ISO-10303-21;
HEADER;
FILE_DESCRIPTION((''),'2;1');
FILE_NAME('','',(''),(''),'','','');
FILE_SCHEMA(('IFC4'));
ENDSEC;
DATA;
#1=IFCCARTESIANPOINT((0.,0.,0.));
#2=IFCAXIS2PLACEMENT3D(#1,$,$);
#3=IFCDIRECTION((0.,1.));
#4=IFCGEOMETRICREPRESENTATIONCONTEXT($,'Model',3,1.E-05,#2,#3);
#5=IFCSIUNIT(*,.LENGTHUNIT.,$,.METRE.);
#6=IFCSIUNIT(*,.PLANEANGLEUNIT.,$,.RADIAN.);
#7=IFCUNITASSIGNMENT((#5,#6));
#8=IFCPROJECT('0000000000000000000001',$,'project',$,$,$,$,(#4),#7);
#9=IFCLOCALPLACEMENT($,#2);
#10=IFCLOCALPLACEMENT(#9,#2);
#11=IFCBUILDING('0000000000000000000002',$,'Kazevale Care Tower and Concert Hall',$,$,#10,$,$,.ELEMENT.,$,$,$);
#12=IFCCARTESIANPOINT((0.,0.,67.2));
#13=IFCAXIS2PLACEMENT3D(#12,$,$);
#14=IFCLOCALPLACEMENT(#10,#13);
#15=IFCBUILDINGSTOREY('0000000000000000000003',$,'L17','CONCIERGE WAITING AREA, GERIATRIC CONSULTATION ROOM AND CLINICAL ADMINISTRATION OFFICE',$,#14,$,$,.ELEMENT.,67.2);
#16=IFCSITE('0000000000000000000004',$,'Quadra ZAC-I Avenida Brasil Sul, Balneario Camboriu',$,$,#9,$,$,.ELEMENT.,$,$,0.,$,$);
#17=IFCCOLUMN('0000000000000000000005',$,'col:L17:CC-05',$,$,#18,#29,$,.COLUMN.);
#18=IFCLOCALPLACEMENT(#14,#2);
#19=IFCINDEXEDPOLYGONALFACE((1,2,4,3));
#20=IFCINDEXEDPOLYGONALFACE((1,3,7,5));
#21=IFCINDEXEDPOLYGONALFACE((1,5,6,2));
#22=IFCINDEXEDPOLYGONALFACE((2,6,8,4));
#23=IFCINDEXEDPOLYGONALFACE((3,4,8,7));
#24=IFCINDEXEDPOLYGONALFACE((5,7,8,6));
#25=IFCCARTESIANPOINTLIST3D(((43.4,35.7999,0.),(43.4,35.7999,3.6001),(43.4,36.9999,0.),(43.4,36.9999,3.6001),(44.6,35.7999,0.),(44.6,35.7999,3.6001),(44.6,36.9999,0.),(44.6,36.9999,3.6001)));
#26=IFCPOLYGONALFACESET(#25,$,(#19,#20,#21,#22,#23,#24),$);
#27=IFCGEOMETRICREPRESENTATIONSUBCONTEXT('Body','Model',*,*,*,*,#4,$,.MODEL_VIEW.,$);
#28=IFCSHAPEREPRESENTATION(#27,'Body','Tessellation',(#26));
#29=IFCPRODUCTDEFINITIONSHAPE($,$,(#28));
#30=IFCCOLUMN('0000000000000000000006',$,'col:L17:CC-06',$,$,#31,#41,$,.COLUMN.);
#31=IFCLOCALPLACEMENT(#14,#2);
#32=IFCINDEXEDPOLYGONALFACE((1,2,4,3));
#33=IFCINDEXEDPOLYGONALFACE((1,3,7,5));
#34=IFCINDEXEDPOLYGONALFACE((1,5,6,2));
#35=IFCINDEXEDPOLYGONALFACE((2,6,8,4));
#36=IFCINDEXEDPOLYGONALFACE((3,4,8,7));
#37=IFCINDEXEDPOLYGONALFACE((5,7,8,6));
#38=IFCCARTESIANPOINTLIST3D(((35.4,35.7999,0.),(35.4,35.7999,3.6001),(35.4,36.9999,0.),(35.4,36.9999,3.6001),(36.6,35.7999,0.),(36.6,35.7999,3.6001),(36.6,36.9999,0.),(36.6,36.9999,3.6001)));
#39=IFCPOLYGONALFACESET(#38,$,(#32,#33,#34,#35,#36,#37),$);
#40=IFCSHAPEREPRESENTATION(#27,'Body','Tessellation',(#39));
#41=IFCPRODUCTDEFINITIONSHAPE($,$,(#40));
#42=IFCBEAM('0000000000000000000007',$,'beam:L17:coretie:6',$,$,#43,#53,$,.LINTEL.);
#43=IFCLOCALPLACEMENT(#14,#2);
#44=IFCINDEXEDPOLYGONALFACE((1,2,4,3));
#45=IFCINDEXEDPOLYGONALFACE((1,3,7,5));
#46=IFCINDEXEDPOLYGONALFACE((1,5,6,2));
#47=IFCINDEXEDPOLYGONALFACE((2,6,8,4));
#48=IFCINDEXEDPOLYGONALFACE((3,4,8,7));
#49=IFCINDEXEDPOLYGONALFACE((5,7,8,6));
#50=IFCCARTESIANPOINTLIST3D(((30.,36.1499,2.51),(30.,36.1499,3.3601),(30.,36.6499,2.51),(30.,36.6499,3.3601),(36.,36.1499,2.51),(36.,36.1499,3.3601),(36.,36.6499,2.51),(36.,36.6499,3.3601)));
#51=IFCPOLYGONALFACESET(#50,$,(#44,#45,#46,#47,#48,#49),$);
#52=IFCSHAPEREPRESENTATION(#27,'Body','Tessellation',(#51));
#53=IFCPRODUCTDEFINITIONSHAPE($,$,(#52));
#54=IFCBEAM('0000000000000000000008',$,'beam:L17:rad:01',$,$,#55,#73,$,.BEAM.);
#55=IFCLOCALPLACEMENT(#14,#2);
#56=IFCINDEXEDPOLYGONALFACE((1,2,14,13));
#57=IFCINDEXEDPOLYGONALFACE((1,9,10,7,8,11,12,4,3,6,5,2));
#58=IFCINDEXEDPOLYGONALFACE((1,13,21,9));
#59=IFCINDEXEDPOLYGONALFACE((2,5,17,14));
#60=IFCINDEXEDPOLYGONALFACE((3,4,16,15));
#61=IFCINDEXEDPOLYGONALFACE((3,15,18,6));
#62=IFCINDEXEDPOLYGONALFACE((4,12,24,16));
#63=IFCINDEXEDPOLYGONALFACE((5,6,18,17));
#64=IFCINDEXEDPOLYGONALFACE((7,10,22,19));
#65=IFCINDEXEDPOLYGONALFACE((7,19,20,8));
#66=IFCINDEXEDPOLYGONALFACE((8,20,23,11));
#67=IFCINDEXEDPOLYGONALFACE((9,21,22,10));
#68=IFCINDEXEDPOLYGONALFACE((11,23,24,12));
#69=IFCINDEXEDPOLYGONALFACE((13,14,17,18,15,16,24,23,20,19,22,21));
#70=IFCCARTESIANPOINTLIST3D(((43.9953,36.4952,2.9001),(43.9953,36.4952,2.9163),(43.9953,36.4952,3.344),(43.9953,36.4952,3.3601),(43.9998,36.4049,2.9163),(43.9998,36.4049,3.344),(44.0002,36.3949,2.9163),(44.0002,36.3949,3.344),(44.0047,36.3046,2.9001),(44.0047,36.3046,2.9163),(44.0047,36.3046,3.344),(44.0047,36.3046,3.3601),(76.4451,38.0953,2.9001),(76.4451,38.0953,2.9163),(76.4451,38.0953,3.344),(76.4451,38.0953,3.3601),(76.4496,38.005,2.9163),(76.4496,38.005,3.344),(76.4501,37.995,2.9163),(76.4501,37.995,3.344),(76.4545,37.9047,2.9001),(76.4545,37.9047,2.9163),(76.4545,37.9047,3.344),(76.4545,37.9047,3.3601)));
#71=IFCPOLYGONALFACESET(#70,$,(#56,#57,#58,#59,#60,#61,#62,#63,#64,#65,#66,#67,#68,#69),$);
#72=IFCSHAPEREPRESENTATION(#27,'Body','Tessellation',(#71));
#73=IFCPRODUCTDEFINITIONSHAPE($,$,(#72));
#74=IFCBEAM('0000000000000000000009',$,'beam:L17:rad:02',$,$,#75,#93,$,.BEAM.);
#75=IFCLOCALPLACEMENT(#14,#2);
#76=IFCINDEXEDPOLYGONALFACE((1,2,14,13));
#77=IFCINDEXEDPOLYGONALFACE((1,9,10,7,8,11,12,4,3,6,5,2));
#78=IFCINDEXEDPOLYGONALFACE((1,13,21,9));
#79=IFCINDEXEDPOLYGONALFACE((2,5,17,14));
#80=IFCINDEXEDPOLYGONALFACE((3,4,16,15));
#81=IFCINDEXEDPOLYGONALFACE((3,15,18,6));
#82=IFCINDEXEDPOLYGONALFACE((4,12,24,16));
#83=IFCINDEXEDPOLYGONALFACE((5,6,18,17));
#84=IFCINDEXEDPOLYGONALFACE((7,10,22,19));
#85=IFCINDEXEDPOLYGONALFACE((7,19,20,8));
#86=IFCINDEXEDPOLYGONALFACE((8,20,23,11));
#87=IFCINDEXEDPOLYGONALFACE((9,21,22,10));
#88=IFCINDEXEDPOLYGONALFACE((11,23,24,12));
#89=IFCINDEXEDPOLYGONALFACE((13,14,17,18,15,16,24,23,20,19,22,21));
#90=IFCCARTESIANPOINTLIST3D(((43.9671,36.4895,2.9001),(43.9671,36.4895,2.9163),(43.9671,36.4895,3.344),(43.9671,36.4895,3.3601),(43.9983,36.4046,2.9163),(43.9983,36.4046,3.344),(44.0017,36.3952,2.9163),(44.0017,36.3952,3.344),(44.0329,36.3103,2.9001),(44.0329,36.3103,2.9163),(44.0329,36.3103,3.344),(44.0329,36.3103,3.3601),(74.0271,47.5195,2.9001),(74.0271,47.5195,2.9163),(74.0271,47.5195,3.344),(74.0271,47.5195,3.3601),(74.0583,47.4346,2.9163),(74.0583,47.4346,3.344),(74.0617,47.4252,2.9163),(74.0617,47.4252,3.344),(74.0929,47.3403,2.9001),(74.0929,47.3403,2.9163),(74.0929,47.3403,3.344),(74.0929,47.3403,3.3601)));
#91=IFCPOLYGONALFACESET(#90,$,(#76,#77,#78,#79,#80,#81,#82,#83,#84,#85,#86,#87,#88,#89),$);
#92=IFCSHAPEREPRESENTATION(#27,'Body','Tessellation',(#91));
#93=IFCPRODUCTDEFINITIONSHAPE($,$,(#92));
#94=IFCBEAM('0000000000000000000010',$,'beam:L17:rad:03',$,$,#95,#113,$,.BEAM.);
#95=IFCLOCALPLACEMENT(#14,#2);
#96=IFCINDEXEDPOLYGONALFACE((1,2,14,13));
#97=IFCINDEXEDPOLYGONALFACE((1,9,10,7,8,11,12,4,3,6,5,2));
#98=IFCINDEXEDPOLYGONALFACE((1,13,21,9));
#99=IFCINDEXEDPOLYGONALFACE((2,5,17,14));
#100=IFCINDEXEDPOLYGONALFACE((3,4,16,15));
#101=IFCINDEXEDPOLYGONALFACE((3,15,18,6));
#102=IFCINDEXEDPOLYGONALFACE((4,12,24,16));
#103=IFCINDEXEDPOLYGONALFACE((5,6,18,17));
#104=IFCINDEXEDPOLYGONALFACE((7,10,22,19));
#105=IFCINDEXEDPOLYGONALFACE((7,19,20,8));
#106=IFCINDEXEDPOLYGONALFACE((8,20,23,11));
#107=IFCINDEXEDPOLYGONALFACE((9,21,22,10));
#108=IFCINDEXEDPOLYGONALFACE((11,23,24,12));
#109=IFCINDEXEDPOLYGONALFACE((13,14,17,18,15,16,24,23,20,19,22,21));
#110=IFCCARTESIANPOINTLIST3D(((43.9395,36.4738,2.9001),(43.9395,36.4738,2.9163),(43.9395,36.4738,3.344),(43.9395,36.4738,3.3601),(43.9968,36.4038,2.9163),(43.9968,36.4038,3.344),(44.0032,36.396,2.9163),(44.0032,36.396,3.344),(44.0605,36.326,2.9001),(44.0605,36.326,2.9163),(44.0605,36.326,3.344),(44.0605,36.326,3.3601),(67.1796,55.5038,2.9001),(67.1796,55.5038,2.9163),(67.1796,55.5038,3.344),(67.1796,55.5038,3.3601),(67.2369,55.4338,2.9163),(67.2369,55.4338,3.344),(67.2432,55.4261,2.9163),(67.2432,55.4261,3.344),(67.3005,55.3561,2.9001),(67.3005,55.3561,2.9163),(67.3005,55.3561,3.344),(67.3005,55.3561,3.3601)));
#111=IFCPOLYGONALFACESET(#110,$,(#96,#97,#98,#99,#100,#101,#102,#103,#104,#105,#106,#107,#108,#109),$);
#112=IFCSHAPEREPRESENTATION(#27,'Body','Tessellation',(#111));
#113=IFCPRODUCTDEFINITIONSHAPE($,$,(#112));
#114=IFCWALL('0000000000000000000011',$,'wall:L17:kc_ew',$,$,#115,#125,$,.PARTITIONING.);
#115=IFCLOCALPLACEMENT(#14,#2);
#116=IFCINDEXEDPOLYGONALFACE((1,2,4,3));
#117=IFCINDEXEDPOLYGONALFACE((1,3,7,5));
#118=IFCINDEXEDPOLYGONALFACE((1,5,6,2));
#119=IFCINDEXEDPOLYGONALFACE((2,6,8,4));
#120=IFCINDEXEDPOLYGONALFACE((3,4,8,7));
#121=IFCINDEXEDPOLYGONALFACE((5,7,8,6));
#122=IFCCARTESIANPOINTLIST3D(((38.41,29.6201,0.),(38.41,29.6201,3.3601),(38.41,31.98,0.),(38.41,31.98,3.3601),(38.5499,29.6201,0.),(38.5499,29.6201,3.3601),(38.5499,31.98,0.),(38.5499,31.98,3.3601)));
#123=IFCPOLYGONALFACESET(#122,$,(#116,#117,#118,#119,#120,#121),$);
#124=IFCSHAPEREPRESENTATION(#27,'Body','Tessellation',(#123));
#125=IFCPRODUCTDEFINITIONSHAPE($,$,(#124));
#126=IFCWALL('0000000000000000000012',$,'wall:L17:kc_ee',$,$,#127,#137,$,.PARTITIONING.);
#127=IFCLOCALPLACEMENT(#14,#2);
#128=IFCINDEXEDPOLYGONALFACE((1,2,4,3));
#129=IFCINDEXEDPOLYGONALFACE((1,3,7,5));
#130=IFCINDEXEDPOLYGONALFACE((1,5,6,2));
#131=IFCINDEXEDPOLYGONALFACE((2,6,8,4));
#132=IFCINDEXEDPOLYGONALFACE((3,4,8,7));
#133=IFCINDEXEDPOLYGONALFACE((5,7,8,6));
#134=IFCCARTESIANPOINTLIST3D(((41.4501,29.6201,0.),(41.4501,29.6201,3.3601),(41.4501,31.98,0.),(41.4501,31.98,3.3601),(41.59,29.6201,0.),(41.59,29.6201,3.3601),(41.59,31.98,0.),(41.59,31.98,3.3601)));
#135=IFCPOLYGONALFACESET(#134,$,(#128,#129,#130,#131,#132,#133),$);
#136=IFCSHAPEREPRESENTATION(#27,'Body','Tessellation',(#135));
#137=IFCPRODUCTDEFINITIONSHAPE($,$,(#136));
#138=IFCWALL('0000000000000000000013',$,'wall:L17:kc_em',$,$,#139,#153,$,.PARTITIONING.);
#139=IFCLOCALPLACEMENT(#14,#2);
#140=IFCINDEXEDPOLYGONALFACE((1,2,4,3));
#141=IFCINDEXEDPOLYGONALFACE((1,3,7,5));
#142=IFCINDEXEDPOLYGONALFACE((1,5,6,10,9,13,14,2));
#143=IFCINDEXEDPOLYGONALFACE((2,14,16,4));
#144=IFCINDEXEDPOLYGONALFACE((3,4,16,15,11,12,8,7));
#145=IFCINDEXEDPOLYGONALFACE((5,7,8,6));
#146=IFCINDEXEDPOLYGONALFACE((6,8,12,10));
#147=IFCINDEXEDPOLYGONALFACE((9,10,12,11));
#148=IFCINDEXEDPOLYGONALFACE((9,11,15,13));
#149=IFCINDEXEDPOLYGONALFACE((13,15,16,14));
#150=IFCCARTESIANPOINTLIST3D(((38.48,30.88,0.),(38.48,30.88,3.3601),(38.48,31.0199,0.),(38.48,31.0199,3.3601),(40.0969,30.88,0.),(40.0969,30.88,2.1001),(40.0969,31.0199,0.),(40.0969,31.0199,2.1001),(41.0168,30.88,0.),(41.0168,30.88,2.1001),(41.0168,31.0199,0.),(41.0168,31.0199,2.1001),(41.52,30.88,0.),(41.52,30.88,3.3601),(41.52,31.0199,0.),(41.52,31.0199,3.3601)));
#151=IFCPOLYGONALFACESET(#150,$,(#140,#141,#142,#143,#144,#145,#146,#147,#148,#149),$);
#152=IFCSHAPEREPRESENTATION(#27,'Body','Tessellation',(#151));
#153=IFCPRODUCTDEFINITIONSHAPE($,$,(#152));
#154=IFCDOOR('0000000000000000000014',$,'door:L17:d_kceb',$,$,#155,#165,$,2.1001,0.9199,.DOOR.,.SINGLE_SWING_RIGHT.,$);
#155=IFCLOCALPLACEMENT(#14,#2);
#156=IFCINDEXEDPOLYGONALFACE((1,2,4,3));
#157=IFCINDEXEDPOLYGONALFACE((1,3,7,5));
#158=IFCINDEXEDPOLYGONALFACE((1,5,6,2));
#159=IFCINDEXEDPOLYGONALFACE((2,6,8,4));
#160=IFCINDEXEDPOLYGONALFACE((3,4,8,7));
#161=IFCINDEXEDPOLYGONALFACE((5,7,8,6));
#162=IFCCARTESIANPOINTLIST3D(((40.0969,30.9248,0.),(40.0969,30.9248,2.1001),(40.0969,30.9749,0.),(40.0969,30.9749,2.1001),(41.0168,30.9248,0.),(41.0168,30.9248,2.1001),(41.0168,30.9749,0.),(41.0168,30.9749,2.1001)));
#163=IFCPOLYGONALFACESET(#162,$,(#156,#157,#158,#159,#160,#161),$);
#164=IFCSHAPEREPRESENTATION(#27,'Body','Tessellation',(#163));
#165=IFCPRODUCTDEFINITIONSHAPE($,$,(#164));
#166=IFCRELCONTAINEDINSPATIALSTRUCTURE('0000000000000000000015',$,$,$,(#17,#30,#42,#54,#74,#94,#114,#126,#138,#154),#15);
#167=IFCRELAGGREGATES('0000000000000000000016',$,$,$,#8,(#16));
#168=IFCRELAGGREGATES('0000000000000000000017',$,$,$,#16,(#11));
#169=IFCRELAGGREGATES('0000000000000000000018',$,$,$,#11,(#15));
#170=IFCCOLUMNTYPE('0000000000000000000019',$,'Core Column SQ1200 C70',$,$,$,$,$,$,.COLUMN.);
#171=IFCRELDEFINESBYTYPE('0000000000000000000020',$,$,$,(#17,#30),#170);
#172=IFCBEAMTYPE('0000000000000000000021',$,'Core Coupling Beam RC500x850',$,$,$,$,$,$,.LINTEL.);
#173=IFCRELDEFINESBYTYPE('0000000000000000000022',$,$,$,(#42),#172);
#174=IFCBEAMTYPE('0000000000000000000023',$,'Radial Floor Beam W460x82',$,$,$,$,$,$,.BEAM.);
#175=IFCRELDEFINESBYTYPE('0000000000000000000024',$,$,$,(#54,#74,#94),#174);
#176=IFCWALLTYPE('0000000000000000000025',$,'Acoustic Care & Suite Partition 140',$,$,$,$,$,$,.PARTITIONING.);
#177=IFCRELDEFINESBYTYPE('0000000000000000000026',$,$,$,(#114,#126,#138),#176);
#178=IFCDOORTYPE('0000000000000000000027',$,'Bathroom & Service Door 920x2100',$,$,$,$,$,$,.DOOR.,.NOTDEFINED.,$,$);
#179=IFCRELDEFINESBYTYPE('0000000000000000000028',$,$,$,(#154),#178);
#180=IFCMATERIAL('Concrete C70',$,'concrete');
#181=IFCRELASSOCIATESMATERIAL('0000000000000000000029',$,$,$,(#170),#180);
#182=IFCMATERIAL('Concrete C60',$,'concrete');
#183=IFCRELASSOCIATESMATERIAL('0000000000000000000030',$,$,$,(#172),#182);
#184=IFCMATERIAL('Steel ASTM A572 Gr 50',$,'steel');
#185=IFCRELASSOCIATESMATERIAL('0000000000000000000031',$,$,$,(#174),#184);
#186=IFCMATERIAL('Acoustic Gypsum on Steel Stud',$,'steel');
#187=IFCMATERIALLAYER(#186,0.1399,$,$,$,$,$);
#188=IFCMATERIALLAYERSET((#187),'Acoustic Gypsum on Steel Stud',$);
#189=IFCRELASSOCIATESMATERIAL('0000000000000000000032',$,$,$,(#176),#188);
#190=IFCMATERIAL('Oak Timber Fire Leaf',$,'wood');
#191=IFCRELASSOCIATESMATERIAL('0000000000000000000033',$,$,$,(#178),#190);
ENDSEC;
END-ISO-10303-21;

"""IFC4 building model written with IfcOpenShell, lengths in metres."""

from ifc_helpers import new_model, si_unit, direction, frame, frame_2d, origin, origin_2d, place, context, subcontext, project, spatial, rectangle, i_section, extrude, material, layer, layer_set, material_profile, profile_set, type_object, element, fill, save


model = new_model("IFC4")

# Units and contexts
model_context = context("Model", 3, precision=1e-05, world=origin(), true_north=direction((0.0, 1.0)))
body_context = subcontext(model_context, "Body", "Model", "MODEL_VIEW")
ifc_project = project(units=[si_unit("LENGTHUNIT", "METRE"), si_unit("PLANEANGLEUNIT", "RADIAN")], contexts=[model_context])

# Site, building, storey
site_placement = place(None, origin())
site = spatial("IfcSite", under=ifc_project, at=site_placement, Name="Quadra ZAC-I Avenida Brasil Sul, Balneario Camboriu", CompositionType="ELEMENT", RefElevation=0.0)
building_placement = place(site_placement, origin())
building = spatial("IfcBuilding", under=site, at=building_placement, Name="Kazevale Care Tower and Concert Hall", CompositionType="ELEMENT")
storey_placement = place(building_placement, frame((0.0, 0.0, 67.2)))
storey = spatial("IfcBuildingStorey", under=building, at=storey_placement, Name="L17", Description="CONCIERGE WAITING AREA, GERIATRIC CONSULTATION ROOM AND CLINICAL ADMINISTRATION OFFICE", CompositionType="ELEMENT", Elevation=67.2)

# Columns
ifc_material_1 = material(Name="Concrete C70", Category="concrete")
ifc_material_profile_1 = material_profile(ifc_material_1, rectangle(XDim=1.2, YDim=1.2, at=origin_2d()), Name="RC-SQ1200")
ifc_profile_set_1 = profile_set([ifc_material_profile_1], Name="Concrete C70")
column_type = type_object("IfcColumnType", Name="Core Column SQ1200 C70", PredefinedType="COLUMN", material=ifc_profile_set_1)
for number, where, z_axis, x_axis, name in (
    (1, (44.0, 36.3999, 0.0), (0.0, 0.0, 1.0), (1.0, 0.0, 0.0), "col:L17:CC-05"),
    (2, (36.0, 36.3999, 0.0), (0.0, 0.0, 1.0), (1.0, 0.0, 0.0), "col:L17:CC-06"),
):
    element("IfcColumn", number, at=place(storey_placement, frame(where, z_axis=z_axis, x_axis=x_axis)), inside=storey, type_object=column_type, Name=name, PredefinedType="COLUMN", context=body_context, shape_type="SweptSolid", body=[
        extrude(rectangle(XDim=1.2, YDim=1.2, at=origin_2d()), origin(), (0.0, 0.0, 1.0), 3.6001),
    ])

# Beams
ifc_material_2 = material(Name="Concrete C60", Category="concrete")
ifc_material_profile_2 = material_profile(ifc_material_2, rectangle(XDim=0.5, YDim=0.8501, at=origin_2d()), Name="RC-B500x850")
ifc_profile_set_2 = profile_set([ifc_material_profile_2], Name="Concrete C60")
beam_type_1 = type_object("IfcBeamType", Name="Core Coupling Beam RC500x850", PredefinedType="LINTEL", material=ifc_profile_set_2)
beam_1_placement = place(storey_placement, frame((36.0, 36.3999, 2.9351), z_axis=(-1.0, 0.0, 0.0), x_axis=(0.0, -1.0, 0.0)))
element("IfcBeam", 3, at=beam_1_placement, inside=storey, type_object=beam_type_1, Name="beam:L17:coretie:6", PredefinedType="LINTEL", context=body_context, shape_type="SweptSolid", body=[
    extrude(rectangle(XDim=0.5, YDim=0.8501, at=origin_2d()), origin(), (0.0, 0.0, 1.0), 6.0),
])
ifc_material_3 = material(Name="Steel ASTM A572 Gr 50", Category="steel")
ifc_material_profile_3 = material_profile(ifc_material_3, i_section(OverallWidth=0.1909, OverallDepth=0.46, WebThickness=0.01, FlangeThickness=0.0161, at=origin_2d()), Name="W460x82")
ifc_profile_set_3 = profile_set([ifc_material_profile_3], Name="Steel ASTM A572 Gr 50")
beam_type_2 = type_object("IfcBeamType", Name="Radial Floor Beam W460x82", PredefinedType="BEAM", material=ifc_profile_set_3)
beam_2_placement = place(storey_placement, frame((44.0, 36.3999, 3.1301), z_axis=(0.998786, 0.04925, 0.0), x_axis=(-0.04925, 0.998786, 0.0)))
element("IfcBeam", 4, at=beam_2_placement, inside=storey, type_object=beam_type_2, Name="beam:L17:rad:01", PredefinedType="BEAM", context=body_context, shape_type="SweptSolid", body=[
    extrude(i_section(OverallWidth=0.1909, OverallDepth=0.46, WebThickness=0.01, FlangeThickness=0.0161, at=origin_2d()), origin(), (0.0, 0.0, 1.0), 32.4893),
])
beam_3_placement = place(storey_placement, frame((44.0, 36.3999, 3.1301), z_axis=(0.938795, 0.344475, 0.0), x_axis=(-0.344475, 0.938795, 0.0)))
element("IfcBeam", 5, at=beam_3_placement, inside=storey, type_object=beam_type_2, Name="beam:L17:rad:02", PredefinedType="BEAM", context=body_context, shape_type="SweptSolid", body=[
    extrude(i_section(OverallWidth=0.1909, OverallDepth=0.46, WebThickness=0.01, FlangeThickness=0.0161, at=origin_2d()), origin(), (0.0, 0.0, 1.0), 32.0198),
])
beam_4_placement = place(storey_placement, frame((44.0, 36.3999, 3.1301), z_axis=(0.773704, 0.633547, 0.0), x_axis=(-0.633547, 0.773704, 0.0)))
element("IfcBeam", 6, at=beam_4_placement, inside=storey, type_object=beam_type_2, Name="beam:L17:rad:03", PredefinedType="BEAM", context=body_context, shape_type="SweptSolid", body=[
    extrude(i_section(OverallWidth=0.1909, OverallDepth=0.46, WebThickness=0.01, FlangeThickness=0.0161, at=origin_2d()), origin(), (0.0, 0.0, 1.0), 30.0374),
])

# Walls
ifc_material_4 = material(Name="Acoustic Gypsum on Steel Stud", Category="steel")
ifc_layer_1 = layer(ifc_material_4, 0.1399)
ifc_layer_set_1 = layer_set([ifc_layer_1], Name="Acoustic Gypsum on Steel Stud")
wall_type_1 = type_object("IfcWallType", Name="Acoustic Care & Suite Partition 140", PredefinedType="PARTITIONING", material=ifc_layer_set_1)
for number, where, z_axis, x_axis, name in (
    (7, (38.48, 29.6201, 0.0), (0.0, 0.0, 1.0), (0.0, 1.0, 0.0), "wall:L17:kc_ew"),
    (8, (41.52, 29.6201, 0.0), (0.0, 0.0, 1.0), (0.0, 1.0, 0.0), "wall:L17:kc_ee"),
):
    element("IfcWall", number, at=place(storey_placement, frame(where, z_axis=z_axis, x_axis=x_axis)), inside=storey, type_object=wall_type_1, Name=name, PredefinedType="PARTITIONING", context=body_context, shape_type="SweptSolid", body=[
        extrude(rectangle(XDim=2.3599, YDim=0.1399, at=frame_2d((1.1799, 0.0))), origin(), (0.0, 0.0, 1.0), 3.3601),
    ])

# Wall, opening, door
wall_1_placement = place(storey_placement, frame((38.48, 30.95, 0.0), z_axis=(0.0, 0.0, 1.0), x_axis=(1.0, 0.0, 0.0)))
wall_1 = element("IfcWall", 9, at=wall_1_placement, inside=storey, type_object=wall_type_1, Name="wall:L17:kc_em", PredefinedType="PARTITIONING", context=body_context, shape_type="SweptSolid", body=[
    extrude(rectangle(XDim=3.04, YDim=0.1399, at=frame_2d((1.52, 0.0))), origin(), (0.0, 0.0, 1.0), 3.3601),
])
opening_1_placement = place(wall_1_placement, frame((1.6169, 0.0, 0.0)))
opening_1 = element("IfcOpeningElement", 10, at=opening_1_placement, cuts=wall_1, PredefinedType="OPENING", context=body_context, shape_type="SweptSolid", body=[
    extrude(rectangle(XDim=0.9199, YDim=2.1001, at=frame_2d((0.46, 1.05))), frame((0.0, 0.0798, 0.0), z_axis=(0.0, -1.0, 0.0), x_axis=(1.0, 0.0, 0.0)), (0.0, 0.0, 1.0), 0.1599),
])
ifc_material_5 = material(Name="Oak Timber Fire Leaf", Category="wood")
door_type_1 = type_object("IfcDoorType", Name="Bathroom & Service Door 920x2100", OperationType="NOTDEFINED", PredefinedType="DOOR", material=ifc_material_5)
door_1_placement = place(opening_1_placement, origin())
door_1 = element("IfcDoor", 11, at=door_1_placement, inside=storey, type_object=door_type_1, Name="door:L17:d_kceb", OperationType="SINGLE_SWING_RIGHT", OverallHeight=2.1001, OverallWidth=0.9199, PredefinedType="DOOR", context=body_context, shape_type="SweptSolid", body=[
    extrude(rectangle(XDim=0.9199, YDim=2.1001, at=frame_2d((0.46, 1.05))), frame((0.0, 0.0249, 0.0), z_axis=(0.0, -1.0, 0.0), x_axis=(1.0, 0.0, 0.0)), (0.0, 0.0, 1.0), 0.05),
])
fill(opening_1, door_1)

save(model, "model.ifc")
